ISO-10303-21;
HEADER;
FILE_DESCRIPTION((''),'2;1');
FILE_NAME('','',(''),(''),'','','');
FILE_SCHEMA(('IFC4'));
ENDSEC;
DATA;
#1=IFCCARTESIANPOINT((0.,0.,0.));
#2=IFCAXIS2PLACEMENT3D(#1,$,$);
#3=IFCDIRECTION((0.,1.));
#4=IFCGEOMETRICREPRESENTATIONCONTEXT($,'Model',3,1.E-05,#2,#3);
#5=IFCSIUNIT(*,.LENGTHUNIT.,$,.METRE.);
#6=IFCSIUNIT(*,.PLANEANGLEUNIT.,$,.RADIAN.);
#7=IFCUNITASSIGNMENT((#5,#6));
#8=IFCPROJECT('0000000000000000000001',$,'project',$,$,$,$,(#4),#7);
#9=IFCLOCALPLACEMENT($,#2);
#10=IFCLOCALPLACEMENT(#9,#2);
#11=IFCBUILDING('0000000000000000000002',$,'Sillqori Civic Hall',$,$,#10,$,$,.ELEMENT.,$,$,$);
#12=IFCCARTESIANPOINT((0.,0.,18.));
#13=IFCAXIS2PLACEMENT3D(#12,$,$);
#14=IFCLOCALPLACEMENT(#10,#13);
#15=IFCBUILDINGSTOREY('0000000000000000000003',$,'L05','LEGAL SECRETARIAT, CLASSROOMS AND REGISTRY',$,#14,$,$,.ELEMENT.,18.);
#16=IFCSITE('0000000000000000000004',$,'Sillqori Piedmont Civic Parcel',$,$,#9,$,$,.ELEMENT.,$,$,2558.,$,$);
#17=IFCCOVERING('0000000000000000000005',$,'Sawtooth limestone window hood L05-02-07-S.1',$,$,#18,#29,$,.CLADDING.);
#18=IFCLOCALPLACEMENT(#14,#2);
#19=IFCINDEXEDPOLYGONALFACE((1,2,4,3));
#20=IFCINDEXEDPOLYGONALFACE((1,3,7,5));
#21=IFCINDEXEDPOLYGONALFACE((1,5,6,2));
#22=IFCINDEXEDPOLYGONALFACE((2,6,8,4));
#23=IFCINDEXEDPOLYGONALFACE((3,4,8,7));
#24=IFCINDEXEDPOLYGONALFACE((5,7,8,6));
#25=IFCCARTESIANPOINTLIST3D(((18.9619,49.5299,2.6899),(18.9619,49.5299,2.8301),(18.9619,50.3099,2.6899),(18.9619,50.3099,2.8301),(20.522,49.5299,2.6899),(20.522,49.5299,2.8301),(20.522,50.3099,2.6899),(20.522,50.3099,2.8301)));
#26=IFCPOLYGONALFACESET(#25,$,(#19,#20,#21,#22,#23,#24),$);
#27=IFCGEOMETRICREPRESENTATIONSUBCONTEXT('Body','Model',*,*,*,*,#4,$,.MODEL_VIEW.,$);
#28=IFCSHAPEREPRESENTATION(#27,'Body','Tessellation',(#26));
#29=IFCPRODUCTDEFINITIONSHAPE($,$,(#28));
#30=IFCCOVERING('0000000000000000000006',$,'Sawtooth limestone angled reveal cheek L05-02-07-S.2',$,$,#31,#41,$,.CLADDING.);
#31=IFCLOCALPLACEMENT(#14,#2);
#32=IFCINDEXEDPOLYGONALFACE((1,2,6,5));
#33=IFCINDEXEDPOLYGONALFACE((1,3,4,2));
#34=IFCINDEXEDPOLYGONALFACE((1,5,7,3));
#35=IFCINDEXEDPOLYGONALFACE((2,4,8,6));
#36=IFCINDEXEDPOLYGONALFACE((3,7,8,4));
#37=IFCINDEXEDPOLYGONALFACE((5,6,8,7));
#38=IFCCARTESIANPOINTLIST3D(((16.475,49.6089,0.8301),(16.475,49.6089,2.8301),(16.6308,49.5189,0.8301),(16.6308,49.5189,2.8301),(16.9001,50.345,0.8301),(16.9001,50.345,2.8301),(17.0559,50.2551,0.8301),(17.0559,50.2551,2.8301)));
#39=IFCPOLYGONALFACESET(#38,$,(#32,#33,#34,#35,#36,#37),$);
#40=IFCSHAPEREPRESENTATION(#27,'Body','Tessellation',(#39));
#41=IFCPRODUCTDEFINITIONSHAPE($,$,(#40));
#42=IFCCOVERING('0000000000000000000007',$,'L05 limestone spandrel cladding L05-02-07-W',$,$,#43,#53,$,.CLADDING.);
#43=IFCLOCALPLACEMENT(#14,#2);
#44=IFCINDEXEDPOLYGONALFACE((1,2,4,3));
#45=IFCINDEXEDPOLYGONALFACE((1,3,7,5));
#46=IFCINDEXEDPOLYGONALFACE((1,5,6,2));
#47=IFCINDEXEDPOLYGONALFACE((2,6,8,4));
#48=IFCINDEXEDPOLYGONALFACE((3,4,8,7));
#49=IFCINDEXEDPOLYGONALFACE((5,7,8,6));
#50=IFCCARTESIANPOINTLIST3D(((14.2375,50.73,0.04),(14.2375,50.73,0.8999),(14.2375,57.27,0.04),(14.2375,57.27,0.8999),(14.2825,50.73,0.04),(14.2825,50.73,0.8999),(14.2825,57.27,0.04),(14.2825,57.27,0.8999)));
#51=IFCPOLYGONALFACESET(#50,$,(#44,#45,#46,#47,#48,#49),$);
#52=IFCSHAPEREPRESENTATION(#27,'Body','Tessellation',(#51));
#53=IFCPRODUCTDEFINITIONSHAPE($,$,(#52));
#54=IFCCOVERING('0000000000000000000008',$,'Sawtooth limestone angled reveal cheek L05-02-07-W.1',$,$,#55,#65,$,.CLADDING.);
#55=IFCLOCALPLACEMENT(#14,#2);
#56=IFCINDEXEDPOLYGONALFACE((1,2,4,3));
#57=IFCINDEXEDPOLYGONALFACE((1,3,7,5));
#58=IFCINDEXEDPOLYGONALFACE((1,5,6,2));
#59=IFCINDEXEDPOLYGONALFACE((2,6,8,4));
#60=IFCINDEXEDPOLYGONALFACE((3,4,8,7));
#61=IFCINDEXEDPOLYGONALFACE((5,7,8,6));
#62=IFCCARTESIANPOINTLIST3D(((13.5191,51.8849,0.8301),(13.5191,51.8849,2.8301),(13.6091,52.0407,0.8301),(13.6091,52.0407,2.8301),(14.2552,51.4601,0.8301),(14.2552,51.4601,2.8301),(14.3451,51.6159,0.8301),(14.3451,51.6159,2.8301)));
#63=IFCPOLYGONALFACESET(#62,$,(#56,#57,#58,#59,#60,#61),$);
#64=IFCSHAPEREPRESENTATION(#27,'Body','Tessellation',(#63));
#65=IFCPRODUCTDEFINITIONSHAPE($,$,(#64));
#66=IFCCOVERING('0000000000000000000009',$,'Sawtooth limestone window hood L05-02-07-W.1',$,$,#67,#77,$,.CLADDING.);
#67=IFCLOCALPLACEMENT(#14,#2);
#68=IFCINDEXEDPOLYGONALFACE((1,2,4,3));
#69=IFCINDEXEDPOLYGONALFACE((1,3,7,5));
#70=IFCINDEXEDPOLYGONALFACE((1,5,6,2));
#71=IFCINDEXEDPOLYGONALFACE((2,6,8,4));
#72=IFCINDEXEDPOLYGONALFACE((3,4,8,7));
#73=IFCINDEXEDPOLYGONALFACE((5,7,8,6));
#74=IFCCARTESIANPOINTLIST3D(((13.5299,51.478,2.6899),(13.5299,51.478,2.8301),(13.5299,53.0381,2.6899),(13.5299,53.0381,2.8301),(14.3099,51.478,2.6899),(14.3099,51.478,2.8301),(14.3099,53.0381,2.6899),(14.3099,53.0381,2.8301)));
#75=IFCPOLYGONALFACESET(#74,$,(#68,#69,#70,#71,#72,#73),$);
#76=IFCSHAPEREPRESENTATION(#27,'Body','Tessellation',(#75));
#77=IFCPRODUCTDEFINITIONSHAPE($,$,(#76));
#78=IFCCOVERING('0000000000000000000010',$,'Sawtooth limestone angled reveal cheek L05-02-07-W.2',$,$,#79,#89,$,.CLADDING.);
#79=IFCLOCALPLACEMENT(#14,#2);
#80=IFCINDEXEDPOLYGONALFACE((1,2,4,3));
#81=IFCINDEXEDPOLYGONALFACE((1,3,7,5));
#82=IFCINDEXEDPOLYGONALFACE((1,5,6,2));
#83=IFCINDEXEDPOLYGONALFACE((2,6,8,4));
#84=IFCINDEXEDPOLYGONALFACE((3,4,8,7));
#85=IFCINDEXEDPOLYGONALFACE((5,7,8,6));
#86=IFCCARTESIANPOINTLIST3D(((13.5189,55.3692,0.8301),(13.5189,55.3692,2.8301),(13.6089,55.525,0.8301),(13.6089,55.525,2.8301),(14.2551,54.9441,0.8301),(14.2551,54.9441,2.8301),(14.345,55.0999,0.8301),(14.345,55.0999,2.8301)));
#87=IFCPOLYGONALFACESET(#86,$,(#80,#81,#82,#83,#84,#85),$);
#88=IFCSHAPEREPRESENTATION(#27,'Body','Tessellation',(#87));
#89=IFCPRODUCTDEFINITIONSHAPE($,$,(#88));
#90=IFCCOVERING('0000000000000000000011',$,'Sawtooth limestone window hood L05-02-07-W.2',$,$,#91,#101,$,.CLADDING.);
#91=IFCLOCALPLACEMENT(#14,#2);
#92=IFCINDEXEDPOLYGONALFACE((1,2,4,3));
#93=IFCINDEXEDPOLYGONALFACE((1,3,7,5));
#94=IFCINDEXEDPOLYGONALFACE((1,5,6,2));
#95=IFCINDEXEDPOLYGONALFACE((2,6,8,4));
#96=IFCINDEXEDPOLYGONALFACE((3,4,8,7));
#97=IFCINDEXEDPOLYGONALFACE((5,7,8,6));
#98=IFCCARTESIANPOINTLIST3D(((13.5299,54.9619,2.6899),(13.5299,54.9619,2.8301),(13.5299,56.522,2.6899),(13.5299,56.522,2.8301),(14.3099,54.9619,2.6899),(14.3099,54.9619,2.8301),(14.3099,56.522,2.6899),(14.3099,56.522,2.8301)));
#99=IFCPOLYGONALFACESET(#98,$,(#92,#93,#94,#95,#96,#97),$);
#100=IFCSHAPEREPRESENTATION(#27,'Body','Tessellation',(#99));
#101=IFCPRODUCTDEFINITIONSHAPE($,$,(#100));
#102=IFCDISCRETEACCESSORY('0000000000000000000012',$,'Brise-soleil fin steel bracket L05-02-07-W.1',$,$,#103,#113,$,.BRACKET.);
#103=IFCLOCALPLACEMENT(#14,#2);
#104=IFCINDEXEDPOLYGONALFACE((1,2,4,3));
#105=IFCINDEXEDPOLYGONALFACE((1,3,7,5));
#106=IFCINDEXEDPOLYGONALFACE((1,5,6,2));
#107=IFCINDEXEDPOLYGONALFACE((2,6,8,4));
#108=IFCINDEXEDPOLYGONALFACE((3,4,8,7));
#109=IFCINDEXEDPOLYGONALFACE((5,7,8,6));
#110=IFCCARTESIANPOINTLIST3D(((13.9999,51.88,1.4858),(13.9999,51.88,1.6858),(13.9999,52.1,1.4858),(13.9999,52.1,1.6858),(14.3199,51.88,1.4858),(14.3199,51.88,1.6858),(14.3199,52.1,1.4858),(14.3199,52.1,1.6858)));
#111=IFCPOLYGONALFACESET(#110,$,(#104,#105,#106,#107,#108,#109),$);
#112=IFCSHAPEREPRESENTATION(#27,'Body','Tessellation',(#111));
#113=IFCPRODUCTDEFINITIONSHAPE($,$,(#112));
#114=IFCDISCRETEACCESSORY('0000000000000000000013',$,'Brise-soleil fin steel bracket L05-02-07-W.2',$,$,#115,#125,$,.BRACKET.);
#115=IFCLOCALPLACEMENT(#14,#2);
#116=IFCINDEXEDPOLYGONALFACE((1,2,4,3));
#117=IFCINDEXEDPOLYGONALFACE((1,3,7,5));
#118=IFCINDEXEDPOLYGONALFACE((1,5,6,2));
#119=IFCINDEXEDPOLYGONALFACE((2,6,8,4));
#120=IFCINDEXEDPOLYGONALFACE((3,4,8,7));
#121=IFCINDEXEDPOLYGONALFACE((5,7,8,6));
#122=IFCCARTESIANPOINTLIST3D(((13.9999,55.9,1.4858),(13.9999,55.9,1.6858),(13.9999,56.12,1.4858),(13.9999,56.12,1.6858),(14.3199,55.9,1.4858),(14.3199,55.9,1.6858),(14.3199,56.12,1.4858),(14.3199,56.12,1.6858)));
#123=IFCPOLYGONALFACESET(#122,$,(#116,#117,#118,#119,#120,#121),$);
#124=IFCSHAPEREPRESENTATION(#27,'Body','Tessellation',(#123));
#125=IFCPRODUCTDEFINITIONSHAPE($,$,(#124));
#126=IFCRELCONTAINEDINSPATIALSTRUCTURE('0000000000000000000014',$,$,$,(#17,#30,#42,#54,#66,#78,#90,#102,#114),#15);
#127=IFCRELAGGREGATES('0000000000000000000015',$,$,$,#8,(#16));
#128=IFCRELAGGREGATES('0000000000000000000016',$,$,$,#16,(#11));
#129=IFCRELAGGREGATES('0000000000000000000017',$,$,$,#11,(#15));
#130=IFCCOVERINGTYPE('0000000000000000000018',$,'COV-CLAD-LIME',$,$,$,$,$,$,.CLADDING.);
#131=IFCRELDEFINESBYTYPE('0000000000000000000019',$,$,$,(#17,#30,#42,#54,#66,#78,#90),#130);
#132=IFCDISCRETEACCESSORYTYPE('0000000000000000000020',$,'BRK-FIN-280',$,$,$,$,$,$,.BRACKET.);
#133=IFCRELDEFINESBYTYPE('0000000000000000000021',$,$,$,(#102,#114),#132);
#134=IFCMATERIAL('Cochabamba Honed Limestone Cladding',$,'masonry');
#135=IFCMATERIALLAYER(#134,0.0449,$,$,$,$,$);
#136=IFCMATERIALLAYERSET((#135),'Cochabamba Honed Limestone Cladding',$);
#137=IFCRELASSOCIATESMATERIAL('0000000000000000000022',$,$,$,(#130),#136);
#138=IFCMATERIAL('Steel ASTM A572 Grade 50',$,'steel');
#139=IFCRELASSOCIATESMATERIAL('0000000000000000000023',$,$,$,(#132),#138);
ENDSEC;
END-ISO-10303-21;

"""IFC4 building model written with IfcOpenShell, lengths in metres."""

from ifc_helpers import new_model, si_unit, direction, frame, frame_2d, origin, origin_2d, place, context, subcontext, project, spatial, rectangle, extrude, material, layer, layer_set, type_object, element, save


model = new_model("IFC4")

# Units and contexts
model_context = context("Model", 3, precision=1e-05, world=origin(), true_north=direction((0.0, 1.0)))
body_context = subcontext(model_context, "Body", "Model", "MODEL_VIEW")
ifc_project = project(units=[si_unit("LENGTHUNIT", "METRE"), si_unit("PLANEANGLEUNIT", "RADIAN")], contexts=[model_context])

# Site, building, storey
site_placement = place(None, origin())
site = spatial("IfcSite", under=ifc_project, at=site_placement, Name="Sillqori Piedmont Civic Parcel", CompositionType="ELEMENT", RefElevation=2558.0)
building_placement = place(site_placement, origin())
building = spatial("IfcBuilding", under=site, at=building_placement, Name="Sillqori Civic Hall", CompositionType="ELEMENT")
storey_placement = place(building_placement, frame((0.0, 0.0, 18.0)))
storey = spatial("IfcBuildingStorey", under=building, at=storey_placement, Name="L05", Description="LEGAL SECRETARIAT, CLASSROOMS AND REGISTRY", CompositionType="ELEMENT", Elevation=18.0)

# Coverings
ifc_material_1 = material(Name="Cochabamba Honed Limestone Cladding", Category="masonry")
ifc_layer_1 = layer(ifc_material_1, 0.0449)
ifc_layer_set_1 = layer_set([ifc_layer_1], Name="Cochabamba Honed Limestone Cladding")
covering_type = type_object("IfcCoveringType", Name="COV-CLAD-LIME", PredefinedType="CLADDING", material=ifc_layer_set_1)
covering_1_placement = place(storey_placement, frame((20.522, 49.9199, 2.6899), z_axis=(0.0, 0.0, 1.0), x_axis=(-1.0, 0.0, 0.0)))
element("IfcCovering", 1, at=covering_1_placement, inside=storey, type_object=covering_type, Name="Sawtooth limestone window hood L05-02-07-S.1", PredefinedType="CLADDING", context=body_context, shape_type="SweptSolid", body=[
    extrude(rectangle(XDim=1.5601, YDim=0.78, at=frame_2d((0.78, 0.0))), origin(), (0.0, 0.0, 1.0), 0.1401),
])
covering_2_placement = place(storey_placement, frame((16.978, 50.3, 0.8301), z_axis=(0.0, 0.0, 1.0), x_axis=(-0.500062, -0.865989, 0.0)))
element("IfcCovering", 2, at=covering_2_placement, inside=storey, type_object=covering_type, Name="Sawtooth limestone angled reveal cheek L05-02-07-S.2", PredefinedType="CLADDING", context=body_context, shape_type="SweptSolid", body=[
    extrude(rectangle(XDim=0.8501, YDim=0.1799, at=frame_2d((0.425, 0.0))), origin(), (0.0, 0.0, 1.0), 2.0),
])
covering_3_placement = place(storey_placement, frame((14.26, 50.73, 0.04), z_axis=(0.0, 0.0, 1.0), x_axis=(0.0, 1.0, 0.0)))
element("IfcCovering", 3, at=covering_3_placement, inside=storey, type_object=covering_type, Name="L05 limestone spandrel cladding L05-02-07-W", PredefinedType="CLADDING", context=body_context, shape_type="SweptSolid", body=[
    extrude(rectangle(XDim=6.54, YDim=0.0449, at=frame_2d((3.27, 0.0))), origin(), (0.0, 0.0, 1.0), 0.8599),
])
covering_4_placement = place(storey_placement, frame((14.3, 51.5381, 0.8301), z_axis=(0.0, 0.0, 1.0), x_axis=(-0.866114, 0.499847, 0.0)))
element("IfcCovering", 4, at=covering_4_placement, inside=storey, type_object=covering_type, Name="Sawtooth limestone angled reveal cheek L05-02-07-W.1", PredefinedType="CLADDING", context=body_context, shape_type="SweptSolid", body=[
    extrude(rectangle(XDim=0.8499, YDim=0.1799, at=frame_2d((0.4248, 0.0))), origin(), (0.0, 0.0, 1.0), 2.0),
])
covering_5_placement = place(storey_placement, frame((13.9199, 51.478, 2.6899), z_axis=(0.0, 0.0, 1.0), x_axis=(0.0, 1.0, 0.0)))
element("IfcCovering", 5, at=covering_5_placement, inside=storey, type_object=covering_type, Name="Sawtooth limestone window hood L05-02-07-W.1", PredefinedType="CLADDING", context=body_context, shape_type="SweptSolid", body=[
    extrude(rectangle(XDim=1.5601, YDim=0.78, at=frame_2d((0.78, 0.0))), origin(), (0.0, 0.0, 1.0), 0.1401),
])
covering_6_placement = place(storey_placement, frame((14.3, 55.022, 0.8301), z_axis=(0.0, 0.0, 1.0), x_axis=(-0.865989, 0.500062, 0.0)))
element("IfcCovering", 6, at=covering_6_placement, inside=storey, type_object=covering_type, Name="Sawtooth limestone angled reveal cheek L05-02-07-W.2", PredefinedType="CLADDING", context=body_context, shape_type="SweptSolid", body=[
    extrude(rectangle(XDim=0.8501, YDim=0.1799, at=frame_2d((0.425, 0.0))), origin(), (0.0, 0.0, 1.0), 2.0),
])
covering_7_placement = place(storey_placement, frame((13.9199, 54.9619, 2.6899), z_axis=(0.0, 0.0, 1.0), x_axis=(0.0, 1.0, 0.0)))
element("IfcCovering", 7, at=covering_7_placement, inside=storey, type_object=covering_type, Name="Sawtooth limestone window hood L05-02-07-W.2", PredefinedType="CLADDING", context=body_context, shape_type="SweptSolid", body=[
    extrude(rectangle(XDim=1.5601, YDim=0.78, at=frame_2d((0.78, 0.0))), origin(), (0.0, 0.0, 1.0), 0.1401),
])

# Discrete accessories
ifc_material_2 = material(Name="Steel ASTM A572 Grade 50", Category="steel")
discrete_accessory_type = type_object("IfcDiscreteAccessoryType", Name="BRK-FIN-280", PredefinedType="BRACKET", material=ifc_material_2)
for number, where, z_axis, x_axis, name in (
    (8, (14.1599, 51.99, 1.4858), (0.0, 0.0, 1.0), (0.0, 1.0, 0.0), "Brise-soleil fin steel bracket L05-02-07-W.1"),
    (9, (14.1599, 56.01, 1.4858), (0.0, 0.0, 1.0), (0.0, 1.0, 0.0), "Brise-soleil fin steel bracket L05-02-07-W.2"),
):
    element("IfcDiscreteAccessory", number, at=place(storey_placement, frame(where, z_axis=z_axis, x_axis=x_axis)), inside=storey, type_object=discrete_accessory_type, Name=name, PredefinedType="BRACKET", context=body_context, shape_type="SweptSolid", body=[
        extrude(rectangle(XDim=0.22, YDim=0.3201, at=origin_2d()), origin(), (0.0, 0.0, 1.0), 0.2),
    ])

save(model, "model.ifc")
